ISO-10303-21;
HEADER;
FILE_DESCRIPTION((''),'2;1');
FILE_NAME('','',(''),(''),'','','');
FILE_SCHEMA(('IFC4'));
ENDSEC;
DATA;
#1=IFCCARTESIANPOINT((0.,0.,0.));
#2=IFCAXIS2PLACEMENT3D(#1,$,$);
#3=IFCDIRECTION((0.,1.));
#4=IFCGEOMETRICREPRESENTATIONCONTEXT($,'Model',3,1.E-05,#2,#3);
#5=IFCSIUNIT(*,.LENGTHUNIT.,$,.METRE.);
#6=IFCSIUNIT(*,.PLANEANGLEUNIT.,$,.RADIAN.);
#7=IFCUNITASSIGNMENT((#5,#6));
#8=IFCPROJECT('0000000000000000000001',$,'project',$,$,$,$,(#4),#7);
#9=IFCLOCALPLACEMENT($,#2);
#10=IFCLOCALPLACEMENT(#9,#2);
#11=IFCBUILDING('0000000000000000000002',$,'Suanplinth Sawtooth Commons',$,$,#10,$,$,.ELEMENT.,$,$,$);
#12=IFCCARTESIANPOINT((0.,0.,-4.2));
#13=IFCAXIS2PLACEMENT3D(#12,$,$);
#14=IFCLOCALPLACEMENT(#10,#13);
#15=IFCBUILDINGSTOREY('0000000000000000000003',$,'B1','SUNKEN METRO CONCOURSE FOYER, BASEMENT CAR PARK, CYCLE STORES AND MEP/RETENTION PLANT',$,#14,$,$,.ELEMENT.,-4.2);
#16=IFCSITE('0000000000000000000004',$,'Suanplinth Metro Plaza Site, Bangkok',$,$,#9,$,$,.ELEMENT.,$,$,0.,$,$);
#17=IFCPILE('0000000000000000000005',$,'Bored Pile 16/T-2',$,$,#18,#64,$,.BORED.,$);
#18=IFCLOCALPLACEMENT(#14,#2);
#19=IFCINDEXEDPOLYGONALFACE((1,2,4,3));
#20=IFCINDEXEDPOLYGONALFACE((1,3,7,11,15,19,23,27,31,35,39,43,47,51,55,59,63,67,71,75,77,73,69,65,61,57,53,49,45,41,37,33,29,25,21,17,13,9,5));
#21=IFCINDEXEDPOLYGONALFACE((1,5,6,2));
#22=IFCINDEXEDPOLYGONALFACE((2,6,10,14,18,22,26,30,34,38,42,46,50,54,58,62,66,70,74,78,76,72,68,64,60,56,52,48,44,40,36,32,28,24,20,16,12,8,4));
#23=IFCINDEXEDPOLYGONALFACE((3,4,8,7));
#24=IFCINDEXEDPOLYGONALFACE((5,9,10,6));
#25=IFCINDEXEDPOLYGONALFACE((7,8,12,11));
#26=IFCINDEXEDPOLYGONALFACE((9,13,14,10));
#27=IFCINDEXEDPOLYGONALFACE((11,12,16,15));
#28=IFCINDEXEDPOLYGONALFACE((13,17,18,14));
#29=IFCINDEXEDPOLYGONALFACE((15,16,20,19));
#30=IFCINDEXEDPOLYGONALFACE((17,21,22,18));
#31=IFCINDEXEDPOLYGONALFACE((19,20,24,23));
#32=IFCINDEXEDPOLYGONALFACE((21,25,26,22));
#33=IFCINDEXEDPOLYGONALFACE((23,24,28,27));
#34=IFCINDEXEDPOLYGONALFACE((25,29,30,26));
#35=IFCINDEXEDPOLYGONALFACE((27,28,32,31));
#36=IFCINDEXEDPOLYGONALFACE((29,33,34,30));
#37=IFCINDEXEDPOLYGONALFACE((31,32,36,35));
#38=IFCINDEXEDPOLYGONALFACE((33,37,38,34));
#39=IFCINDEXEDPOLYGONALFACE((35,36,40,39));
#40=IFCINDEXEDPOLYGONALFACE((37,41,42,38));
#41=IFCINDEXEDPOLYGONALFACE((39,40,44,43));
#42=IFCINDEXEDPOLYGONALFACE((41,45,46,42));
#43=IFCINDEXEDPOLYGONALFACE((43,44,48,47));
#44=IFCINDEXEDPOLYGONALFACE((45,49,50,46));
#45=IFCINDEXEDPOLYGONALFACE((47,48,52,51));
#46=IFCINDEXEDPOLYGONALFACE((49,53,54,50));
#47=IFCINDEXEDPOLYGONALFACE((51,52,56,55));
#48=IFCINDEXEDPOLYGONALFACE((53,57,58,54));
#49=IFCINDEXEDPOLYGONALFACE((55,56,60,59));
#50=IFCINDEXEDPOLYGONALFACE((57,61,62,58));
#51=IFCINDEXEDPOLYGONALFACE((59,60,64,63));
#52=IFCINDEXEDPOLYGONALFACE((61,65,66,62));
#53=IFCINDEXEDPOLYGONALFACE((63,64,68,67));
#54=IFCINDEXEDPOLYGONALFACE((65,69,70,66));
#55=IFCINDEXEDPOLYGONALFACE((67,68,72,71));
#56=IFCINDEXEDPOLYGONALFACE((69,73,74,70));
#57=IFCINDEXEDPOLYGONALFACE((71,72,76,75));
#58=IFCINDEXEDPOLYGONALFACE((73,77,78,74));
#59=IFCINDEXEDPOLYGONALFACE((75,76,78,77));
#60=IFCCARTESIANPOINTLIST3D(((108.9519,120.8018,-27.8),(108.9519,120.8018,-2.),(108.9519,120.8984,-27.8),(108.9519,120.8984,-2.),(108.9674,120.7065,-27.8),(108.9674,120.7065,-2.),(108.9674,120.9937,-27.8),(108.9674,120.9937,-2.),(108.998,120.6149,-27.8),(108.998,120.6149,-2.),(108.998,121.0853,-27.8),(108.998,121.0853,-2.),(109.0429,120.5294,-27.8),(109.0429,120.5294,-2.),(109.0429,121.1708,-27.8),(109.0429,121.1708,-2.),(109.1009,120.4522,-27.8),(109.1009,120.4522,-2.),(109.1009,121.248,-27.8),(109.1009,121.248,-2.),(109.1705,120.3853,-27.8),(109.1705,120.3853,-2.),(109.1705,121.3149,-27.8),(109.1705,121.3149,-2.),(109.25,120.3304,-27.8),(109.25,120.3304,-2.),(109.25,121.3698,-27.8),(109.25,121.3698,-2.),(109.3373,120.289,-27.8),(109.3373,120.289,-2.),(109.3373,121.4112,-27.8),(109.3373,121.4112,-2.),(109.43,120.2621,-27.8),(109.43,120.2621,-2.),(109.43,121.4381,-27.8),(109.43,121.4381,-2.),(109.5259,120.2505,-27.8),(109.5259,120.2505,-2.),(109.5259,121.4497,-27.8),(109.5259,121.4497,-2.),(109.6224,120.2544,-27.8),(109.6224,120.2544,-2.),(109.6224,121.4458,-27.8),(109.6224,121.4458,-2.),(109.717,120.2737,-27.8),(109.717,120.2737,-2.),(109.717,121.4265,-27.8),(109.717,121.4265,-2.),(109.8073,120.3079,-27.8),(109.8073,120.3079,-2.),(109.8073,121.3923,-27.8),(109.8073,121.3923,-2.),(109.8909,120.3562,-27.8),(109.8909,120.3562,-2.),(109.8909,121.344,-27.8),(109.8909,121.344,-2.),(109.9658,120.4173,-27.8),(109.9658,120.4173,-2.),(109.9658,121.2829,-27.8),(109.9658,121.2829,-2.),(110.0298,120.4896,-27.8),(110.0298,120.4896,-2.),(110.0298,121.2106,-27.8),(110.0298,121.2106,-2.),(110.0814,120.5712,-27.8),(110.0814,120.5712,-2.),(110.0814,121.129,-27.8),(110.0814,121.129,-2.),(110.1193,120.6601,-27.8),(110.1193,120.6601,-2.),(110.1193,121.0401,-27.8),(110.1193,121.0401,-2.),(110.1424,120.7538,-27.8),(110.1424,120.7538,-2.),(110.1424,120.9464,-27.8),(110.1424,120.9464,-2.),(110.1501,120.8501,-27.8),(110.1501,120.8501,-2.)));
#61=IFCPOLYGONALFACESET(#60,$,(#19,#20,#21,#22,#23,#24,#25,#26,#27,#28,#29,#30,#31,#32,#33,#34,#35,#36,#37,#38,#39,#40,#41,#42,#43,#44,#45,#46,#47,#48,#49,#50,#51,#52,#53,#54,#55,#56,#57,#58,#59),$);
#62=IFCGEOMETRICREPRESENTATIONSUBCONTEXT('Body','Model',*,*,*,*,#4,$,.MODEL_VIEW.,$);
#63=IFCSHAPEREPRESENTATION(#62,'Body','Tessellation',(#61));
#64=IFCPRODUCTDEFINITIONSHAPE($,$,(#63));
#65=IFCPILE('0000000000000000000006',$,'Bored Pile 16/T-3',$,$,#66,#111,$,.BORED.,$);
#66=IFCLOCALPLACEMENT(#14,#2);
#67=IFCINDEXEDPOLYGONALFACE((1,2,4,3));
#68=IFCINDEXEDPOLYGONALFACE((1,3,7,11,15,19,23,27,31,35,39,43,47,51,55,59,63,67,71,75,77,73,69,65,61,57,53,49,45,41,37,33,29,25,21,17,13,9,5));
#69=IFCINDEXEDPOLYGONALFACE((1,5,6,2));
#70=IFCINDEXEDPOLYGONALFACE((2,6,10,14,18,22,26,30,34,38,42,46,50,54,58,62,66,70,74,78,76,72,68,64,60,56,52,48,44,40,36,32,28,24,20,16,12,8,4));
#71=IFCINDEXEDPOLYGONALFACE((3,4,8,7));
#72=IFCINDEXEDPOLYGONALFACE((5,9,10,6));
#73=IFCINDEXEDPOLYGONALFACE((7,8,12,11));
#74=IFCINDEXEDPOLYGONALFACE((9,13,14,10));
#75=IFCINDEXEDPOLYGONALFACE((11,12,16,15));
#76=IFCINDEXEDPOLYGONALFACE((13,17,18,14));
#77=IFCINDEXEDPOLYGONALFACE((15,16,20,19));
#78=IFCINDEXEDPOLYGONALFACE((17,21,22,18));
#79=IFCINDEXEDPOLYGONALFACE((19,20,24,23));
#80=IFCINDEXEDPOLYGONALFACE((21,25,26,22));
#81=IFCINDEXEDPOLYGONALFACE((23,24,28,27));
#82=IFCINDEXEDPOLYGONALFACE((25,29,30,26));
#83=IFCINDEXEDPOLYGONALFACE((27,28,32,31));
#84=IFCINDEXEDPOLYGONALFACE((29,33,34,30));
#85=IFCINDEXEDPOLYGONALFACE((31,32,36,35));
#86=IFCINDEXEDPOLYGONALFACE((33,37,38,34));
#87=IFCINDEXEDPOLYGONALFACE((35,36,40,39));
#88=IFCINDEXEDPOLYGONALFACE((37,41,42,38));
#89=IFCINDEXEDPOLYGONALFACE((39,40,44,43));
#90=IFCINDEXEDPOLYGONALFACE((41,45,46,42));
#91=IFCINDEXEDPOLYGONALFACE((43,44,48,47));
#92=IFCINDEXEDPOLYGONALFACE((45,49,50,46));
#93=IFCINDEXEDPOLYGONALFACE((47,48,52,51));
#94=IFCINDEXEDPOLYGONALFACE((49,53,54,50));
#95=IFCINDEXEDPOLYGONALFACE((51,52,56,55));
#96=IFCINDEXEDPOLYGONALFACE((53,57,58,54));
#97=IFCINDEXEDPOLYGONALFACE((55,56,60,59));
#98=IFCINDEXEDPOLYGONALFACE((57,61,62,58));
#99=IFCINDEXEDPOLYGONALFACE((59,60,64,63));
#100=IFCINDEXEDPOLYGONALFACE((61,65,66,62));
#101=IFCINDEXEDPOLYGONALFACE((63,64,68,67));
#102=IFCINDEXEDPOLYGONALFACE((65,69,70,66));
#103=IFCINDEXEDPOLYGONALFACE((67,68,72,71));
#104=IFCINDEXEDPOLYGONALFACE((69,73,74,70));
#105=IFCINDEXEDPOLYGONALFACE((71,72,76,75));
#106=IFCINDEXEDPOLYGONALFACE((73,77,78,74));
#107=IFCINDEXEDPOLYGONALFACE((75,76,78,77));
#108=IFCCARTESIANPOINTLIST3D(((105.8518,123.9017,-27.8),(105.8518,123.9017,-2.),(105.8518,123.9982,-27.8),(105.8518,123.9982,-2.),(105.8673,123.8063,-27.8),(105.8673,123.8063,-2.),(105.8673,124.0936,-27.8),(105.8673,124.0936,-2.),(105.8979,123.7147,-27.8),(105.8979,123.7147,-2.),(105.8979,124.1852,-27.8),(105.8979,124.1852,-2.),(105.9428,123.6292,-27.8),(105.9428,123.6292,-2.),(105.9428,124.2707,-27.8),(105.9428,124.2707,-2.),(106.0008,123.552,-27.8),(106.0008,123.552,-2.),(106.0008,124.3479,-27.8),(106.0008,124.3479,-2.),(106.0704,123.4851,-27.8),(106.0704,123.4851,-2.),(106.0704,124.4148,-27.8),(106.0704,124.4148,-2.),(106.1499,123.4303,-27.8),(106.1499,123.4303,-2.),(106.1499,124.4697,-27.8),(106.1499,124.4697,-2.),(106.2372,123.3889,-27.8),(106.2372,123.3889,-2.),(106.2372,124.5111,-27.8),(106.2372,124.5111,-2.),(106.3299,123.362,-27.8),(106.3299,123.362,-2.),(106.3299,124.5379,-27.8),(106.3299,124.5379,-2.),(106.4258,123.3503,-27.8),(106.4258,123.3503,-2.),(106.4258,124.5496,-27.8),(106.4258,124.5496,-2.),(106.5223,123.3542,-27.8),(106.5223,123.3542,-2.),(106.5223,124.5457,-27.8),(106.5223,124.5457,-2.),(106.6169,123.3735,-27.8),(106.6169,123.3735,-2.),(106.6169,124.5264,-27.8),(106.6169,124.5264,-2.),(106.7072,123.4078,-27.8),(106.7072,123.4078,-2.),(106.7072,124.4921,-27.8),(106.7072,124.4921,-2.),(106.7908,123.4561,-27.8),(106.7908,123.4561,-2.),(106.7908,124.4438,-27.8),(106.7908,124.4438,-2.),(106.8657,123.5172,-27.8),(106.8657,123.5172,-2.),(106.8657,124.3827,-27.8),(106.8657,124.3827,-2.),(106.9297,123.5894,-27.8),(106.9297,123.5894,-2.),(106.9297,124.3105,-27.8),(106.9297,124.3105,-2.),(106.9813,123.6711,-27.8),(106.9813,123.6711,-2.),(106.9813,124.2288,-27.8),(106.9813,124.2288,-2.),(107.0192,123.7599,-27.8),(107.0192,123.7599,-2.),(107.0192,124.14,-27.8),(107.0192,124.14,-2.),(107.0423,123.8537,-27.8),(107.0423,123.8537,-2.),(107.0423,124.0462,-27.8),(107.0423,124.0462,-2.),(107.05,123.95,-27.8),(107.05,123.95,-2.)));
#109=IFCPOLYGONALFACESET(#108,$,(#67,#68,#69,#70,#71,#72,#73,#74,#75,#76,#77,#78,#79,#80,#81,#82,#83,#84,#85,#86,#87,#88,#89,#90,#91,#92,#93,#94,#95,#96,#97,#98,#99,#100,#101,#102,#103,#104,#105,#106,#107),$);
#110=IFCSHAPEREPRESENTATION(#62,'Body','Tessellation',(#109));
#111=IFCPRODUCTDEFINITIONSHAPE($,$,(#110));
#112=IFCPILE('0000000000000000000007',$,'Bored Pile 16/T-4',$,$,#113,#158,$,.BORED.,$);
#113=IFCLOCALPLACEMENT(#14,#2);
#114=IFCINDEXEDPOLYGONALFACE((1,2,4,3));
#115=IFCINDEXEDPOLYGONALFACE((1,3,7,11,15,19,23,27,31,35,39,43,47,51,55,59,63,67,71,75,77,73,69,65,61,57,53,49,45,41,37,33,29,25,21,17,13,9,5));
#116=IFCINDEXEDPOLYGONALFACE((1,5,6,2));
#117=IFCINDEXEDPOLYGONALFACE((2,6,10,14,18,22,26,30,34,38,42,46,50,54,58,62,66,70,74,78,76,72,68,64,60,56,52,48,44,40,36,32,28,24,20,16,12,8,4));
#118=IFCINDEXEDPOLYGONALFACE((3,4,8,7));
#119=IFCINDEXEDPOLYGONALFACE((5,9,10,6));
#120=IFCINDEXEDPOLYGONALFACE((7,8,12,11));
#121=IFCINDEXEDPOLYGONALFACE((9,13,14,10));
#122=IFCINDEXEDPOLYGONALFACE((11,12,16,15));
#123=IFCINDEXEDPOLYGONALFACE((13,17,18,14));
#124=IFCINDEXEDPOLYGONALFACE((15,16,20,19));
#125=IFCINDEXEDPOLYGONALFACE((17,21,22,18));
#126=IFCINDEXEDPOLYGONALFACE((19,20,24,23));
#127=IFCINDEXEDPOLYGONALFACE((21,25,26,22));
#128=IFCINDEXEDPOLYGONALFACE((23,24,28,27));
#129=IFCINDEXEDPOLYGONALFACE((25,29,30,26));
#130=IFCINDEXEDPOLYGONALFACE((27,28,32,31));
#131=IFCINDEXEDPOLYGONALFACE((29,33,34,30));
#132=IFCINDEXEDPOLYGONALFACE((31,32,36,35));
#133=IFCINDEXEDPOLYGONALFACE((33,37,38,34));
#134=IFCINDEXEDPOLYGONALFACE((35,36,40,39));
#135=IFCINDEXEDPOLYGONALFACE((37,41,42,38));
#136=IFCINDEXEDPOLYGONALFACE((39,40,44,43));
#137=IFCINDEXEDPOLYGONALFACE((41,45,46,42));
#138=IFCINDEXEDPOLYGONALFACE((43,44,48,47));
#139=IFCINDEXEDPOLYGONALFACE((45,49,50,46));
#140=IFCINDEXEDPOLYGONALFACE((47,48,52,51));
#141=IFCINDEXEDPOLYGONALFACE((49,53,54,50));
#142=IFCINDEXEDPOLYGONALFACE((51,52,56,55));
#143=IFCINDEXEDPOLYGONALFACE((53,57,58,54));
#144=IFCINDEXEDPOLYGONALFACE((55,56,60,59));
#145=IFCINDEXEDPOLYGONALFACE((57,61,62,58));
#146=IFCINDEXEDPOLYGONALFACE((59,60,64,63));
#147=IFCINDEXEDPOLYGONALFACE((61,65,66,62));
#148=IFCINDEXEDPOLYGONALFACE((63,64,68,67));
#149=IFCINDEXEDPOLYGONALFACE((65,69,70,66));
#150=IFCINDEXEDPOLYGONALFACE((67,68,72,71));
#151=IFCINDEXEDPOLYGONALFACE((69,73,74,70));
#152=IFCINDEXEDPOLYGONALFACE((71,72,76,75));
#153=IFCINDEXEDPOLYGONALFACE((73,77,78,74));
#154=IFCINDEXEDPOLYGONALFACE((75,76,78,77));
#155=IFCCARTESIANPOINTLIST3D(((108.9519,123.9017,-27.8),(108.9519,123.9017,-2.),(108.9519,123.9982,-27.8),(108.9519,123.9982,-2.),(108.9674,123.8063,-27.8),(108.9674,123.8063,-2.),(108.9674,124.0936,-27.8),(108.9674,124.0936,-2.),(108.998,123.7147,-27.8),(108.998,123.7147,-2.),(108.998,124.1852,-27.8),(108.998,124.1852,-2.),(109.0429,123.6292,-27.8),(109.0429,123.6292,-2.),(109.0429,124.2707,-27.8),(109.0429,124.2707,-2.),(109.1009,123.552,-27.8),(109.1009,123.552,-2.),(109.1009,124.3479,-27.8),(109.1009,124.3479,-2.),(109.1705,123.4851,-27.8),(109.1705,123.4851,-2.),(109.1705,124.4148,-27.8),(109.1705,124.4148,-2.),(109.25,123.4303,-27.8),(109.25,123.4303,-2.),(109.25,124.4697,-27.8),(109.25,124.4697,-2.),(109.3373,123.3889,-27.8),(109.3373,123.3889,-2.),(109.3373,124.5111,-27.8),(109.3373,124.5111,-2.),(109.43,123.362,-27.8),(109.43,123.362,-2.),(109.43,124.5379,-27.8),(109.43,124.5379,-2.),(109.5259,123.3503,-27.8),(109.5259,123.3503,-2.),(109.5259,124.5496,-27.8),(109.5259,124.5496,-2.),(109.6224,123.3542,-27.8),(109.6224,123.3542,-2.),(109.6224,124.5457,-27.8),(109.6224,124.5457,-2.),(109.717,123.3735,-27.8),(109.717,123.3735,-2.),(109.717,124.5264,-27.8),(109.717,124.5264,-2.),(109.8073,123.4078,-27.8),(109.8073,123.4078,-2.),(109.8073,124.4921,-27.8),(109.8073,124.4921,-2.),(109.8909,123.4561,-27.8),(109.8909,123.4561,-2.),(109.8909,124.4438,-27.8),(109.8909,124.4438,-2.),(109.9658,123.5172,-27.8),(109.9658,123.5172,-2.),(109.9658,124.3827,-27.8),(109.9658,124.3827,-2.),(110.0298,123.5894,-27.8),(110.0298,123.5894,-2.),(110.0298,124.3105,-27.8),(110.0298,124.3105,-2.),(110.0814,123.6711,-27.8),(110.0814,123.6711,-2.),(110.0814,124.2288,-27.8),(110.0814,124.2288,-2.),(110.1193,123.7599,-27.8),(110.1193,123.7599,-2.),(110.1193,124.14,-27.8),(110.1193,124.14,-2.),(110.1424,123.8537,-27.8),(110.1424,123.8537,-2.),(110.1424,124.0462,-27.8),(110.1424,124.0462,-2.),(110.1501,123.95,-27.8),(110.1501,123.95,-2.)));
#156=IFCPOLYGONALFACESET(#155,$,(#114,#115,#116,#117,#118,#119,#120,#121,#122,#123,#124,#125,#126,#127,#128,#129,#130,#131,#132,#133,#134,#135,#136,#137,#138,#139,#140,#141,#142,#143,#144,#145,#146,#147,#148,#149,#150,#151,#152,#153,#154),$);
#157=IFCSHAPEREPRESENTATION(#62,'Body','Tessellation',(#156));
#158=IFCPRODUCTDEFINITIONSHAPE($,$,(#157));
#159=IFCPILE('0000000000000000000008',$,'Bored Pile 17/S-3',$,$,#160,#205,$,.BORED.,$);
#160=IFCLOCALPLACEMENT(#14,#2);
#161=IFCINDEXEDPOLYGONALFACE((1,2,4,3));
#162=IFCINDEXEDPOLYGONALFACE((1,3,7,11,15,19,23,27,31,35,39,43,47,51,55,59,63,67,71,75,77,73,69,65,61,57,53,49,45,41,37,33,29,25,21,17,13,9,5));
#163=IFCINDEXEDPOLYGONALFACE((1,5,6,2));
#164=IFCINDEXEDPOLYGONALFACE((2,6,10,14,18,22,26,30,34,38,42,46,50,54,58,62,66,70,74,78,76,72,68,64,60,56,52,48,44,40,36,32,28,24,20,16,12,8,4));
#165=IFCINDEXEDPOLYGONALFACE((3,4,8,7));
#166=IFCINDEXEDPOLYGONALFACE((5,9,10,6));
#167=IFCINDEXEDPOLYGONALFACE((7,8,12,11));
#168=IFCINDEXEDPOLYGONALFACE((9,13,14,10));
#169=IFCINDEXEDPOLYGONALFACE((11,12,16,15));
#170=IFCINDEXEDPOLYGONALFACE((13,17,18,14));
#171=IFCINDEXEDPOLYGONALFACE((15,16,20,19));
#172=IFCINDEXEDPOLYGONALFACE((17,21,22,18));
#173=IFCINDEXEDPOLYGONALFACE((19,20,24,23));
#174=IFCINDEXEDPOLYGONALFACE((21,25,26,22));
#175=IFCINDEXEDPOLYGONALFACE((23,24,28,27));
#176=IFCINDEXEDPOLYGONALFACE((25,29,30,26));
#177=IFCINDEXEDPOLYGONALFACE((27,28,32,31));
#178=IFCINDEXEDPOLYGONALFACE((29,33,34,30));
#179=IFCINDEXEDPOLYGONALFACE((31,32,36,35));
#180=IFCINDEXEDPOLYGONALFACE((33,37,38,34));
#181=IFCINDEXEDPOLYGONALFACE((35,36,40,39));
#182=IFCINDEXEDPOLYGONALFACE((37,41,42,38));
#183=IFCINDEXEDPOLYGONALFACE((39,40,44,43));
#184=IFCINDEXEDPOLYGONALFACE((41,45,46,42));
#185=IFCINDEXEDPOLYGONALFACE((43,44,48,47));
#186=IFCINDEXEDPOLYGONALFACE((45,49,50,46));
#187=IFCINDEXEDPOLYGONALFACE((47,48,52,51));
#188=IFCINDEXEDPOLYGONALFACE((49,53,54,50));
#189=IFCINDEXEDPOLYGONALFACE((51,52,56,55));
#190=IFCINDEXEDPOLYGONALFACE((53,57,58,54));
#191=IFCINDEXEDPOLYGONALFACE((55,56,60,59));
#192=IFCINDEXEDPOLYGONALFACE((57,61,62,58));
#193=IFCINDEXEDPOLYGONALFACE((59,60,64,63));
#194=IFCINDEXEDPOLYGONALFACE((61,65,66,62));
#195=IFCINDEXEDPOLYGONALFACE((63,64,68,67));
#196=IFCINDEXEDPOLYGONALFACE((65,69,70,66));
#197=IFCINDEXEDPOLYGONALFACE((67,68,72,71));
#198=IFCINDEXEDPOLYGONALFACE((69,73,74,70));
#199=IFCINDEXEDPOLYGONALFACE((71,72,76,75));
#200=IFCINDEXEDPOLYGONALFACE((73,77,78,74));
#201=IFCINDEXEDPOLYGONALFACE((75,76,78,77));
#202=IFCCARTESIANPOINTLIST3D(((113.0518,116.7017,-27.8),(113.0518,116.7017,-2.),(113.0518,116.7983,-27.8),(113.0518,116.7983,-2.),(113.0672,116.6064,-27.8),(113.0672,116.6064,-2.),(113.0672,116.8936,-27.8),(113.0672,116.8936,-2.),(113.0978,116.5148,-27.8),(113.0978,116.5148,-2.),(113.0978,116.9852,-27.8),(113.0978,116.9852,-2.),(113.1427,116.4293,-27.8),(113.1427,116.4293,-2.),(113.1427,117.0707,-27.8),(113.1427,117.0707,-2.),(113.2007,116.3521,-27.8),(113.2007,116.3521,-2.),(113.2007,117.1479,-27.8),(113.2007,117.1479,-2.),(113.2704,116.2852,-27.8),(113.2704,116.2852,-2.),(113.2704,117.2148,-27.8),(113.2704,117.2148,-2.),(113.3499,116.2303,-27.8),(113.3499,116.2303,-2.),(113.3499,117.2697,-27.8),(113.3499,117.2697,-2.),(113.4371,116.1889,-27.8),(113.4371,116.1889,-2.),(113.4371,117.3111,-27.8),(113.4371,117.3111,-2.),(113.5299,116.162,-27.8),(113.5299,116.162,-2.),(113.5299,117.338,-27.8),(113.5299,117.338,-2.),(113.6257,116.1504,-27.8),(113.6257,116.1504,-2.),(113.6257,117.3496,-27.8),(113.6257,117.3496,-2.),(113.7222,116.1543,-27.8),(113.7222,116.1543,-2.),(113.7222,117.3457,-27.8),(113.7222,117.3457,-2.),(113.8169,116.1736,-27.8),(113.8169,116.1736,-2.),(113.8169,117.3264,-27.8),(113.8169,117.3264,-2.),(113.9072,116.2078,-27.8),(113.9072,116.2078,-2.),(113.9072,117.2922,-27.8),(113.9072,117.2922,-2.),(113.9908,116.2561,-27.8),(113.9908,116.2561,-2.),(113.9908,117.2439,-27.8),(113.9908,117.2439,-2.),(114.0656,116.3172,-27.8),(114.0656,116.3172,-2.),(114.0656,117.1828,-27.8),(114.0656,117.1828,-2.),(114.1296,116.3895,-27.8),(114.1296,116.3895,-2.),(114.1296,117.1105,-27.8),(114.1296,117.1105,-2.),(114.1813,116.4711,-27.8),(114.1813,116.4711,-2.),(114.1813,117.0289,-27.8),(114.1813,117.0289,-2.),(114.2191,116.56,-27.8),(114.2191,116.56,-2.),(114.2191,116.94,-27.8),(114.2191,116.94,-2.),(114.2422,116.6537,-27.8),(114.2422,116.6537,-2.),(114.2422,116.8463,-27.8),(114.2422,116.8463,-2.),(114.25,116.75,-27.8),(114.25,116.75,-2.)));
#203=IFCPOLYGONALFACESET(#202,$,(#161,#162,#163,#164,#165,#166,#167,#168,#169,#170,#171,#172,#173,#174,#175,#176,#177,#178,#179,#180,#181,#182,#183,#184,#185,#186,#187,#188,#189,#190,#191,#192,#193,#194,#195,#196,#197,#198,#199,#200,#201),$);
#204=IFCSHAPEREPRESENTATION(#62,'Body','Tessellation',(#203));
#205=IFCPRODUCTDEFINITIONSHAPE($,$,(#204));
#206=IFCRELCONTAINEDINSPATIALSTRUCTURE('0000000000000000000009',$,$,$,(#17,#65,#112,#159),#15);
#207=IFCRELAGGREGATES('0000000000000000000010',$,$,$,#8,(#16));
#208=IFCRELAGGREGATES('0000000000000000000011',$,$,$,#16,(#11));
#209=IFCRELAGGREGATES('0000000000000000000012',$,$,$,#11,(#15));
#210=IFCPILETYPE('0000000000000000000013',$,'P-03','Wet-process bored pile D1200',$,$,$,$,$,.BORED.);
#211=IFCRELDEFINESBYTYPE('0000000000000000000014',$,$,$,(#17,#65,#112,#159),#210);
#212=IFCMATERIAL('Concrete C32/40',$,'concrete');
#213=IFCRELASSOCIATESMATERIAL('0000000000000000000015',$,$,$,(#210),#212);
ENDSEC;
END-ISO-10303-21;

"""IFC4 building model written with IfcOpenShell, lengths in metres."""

from ifc_helpers import new_model, si_unit, direction, frame, origin, origin_2d, place, context, subcontext, project, spatial, circle, extrude, material, material_profile, profile_set, type_object, element, save


model = new_model("IFC4")

# Units and contexts
model_context = context("Model", 3, precision=1e-05, world=origin(), true_north=direction((0.0, 1.0)))
body_context = subcontext(model_context, "Body", "Model", "MODEL_VIEW")
ifc_project = project(units=[si_unit("LENGTHUNIT", "METRE"), si_unit("PLANEANGLEUNIT", "RADIAN")], contexts=[model_context])

# Site, building, storey
site_placement = place(None, origin())
site = spatial("IfcSite", under=ifc_project, at=site_placement, Name="Suanplinth Metro Plaza Site, Bangkok", CompositionType="ELEMENT", RefElevation=0.0)
building_placement = place(site_placement, origin())
building = spatial("IfcBuilding", under=site, at=building_placement, Name="Suanplinth Sawtooth Commons", CompositionType="ELEMENT")
storey_placement = place(building_placement, frame((0.0, 0.0, -4.2)))
storey = spatial("IfcBuildingStorey", under=building, at=storey_placement, Name="B1", Description="SUNKEN METRO CONCOURSE FOYER, BASEMENT CAR PARK, CYCLE STORES AND MEP/RETENTION PLANT", CompositionType="ELEMENT", Elevation=-4.2)

# Piles
ifc_material_1 = material(Name="Concrete C32/40", Category="concrete")
ifc_material_profile_1 = material_profile(ifc_material_1, circle(Radius=0.6001, at=origin_2d()), Name="PILE D1200")
ifc_profile_set_1 = profile_set([ifc_material_profile_1], Name="Concrete C32/40")
pile_type = type_object("IfcPileType", Name="P-03", Description="Wet-process bored pile D1200", PredefinedType="BORED", material=ifc_profile_set_1)
for number, where, z_axis, x_axis, name in (
    (1, (109.55, 120.8501, -2.0), (0.0, 0.0, -1.0), (1.0, 0.0, 0.0), "Bored Pile 16/T-2"),
    (2, (106.45, 123.95, -2.0), (0.0, 0.0, -1.0), (1.0, 0.0, 0.0), "Bored Pile 16/T-3"),
    (3, (109.55, 123.95, -2.0), (0.0, 0.0, -1.0), (1.0, 0.0, 0.0), "Bored Pile 16/T-4"),
    (4, (113.6499, 116.75, -2.0), (0.0, 0.0, -1.0), (1.0, 0.0, 0.0), "Bored Pile 17/S-3"),
):
    element("IfcPile", number, at=place(storey_placement, frame(where, z_axis=z_axis, x_axis=x_axis)), inside=storey, type_object=pile_type, Name=name, PredefinedType="BORED", context=body_context, shape_type="SweptSolid", body=[
        extrude(circle(Radius=0.6001, at=origin_2d()), origin(), (0.0, 0.0, 1.0), 25.8),
    ])

save(model, "model.ifc")
